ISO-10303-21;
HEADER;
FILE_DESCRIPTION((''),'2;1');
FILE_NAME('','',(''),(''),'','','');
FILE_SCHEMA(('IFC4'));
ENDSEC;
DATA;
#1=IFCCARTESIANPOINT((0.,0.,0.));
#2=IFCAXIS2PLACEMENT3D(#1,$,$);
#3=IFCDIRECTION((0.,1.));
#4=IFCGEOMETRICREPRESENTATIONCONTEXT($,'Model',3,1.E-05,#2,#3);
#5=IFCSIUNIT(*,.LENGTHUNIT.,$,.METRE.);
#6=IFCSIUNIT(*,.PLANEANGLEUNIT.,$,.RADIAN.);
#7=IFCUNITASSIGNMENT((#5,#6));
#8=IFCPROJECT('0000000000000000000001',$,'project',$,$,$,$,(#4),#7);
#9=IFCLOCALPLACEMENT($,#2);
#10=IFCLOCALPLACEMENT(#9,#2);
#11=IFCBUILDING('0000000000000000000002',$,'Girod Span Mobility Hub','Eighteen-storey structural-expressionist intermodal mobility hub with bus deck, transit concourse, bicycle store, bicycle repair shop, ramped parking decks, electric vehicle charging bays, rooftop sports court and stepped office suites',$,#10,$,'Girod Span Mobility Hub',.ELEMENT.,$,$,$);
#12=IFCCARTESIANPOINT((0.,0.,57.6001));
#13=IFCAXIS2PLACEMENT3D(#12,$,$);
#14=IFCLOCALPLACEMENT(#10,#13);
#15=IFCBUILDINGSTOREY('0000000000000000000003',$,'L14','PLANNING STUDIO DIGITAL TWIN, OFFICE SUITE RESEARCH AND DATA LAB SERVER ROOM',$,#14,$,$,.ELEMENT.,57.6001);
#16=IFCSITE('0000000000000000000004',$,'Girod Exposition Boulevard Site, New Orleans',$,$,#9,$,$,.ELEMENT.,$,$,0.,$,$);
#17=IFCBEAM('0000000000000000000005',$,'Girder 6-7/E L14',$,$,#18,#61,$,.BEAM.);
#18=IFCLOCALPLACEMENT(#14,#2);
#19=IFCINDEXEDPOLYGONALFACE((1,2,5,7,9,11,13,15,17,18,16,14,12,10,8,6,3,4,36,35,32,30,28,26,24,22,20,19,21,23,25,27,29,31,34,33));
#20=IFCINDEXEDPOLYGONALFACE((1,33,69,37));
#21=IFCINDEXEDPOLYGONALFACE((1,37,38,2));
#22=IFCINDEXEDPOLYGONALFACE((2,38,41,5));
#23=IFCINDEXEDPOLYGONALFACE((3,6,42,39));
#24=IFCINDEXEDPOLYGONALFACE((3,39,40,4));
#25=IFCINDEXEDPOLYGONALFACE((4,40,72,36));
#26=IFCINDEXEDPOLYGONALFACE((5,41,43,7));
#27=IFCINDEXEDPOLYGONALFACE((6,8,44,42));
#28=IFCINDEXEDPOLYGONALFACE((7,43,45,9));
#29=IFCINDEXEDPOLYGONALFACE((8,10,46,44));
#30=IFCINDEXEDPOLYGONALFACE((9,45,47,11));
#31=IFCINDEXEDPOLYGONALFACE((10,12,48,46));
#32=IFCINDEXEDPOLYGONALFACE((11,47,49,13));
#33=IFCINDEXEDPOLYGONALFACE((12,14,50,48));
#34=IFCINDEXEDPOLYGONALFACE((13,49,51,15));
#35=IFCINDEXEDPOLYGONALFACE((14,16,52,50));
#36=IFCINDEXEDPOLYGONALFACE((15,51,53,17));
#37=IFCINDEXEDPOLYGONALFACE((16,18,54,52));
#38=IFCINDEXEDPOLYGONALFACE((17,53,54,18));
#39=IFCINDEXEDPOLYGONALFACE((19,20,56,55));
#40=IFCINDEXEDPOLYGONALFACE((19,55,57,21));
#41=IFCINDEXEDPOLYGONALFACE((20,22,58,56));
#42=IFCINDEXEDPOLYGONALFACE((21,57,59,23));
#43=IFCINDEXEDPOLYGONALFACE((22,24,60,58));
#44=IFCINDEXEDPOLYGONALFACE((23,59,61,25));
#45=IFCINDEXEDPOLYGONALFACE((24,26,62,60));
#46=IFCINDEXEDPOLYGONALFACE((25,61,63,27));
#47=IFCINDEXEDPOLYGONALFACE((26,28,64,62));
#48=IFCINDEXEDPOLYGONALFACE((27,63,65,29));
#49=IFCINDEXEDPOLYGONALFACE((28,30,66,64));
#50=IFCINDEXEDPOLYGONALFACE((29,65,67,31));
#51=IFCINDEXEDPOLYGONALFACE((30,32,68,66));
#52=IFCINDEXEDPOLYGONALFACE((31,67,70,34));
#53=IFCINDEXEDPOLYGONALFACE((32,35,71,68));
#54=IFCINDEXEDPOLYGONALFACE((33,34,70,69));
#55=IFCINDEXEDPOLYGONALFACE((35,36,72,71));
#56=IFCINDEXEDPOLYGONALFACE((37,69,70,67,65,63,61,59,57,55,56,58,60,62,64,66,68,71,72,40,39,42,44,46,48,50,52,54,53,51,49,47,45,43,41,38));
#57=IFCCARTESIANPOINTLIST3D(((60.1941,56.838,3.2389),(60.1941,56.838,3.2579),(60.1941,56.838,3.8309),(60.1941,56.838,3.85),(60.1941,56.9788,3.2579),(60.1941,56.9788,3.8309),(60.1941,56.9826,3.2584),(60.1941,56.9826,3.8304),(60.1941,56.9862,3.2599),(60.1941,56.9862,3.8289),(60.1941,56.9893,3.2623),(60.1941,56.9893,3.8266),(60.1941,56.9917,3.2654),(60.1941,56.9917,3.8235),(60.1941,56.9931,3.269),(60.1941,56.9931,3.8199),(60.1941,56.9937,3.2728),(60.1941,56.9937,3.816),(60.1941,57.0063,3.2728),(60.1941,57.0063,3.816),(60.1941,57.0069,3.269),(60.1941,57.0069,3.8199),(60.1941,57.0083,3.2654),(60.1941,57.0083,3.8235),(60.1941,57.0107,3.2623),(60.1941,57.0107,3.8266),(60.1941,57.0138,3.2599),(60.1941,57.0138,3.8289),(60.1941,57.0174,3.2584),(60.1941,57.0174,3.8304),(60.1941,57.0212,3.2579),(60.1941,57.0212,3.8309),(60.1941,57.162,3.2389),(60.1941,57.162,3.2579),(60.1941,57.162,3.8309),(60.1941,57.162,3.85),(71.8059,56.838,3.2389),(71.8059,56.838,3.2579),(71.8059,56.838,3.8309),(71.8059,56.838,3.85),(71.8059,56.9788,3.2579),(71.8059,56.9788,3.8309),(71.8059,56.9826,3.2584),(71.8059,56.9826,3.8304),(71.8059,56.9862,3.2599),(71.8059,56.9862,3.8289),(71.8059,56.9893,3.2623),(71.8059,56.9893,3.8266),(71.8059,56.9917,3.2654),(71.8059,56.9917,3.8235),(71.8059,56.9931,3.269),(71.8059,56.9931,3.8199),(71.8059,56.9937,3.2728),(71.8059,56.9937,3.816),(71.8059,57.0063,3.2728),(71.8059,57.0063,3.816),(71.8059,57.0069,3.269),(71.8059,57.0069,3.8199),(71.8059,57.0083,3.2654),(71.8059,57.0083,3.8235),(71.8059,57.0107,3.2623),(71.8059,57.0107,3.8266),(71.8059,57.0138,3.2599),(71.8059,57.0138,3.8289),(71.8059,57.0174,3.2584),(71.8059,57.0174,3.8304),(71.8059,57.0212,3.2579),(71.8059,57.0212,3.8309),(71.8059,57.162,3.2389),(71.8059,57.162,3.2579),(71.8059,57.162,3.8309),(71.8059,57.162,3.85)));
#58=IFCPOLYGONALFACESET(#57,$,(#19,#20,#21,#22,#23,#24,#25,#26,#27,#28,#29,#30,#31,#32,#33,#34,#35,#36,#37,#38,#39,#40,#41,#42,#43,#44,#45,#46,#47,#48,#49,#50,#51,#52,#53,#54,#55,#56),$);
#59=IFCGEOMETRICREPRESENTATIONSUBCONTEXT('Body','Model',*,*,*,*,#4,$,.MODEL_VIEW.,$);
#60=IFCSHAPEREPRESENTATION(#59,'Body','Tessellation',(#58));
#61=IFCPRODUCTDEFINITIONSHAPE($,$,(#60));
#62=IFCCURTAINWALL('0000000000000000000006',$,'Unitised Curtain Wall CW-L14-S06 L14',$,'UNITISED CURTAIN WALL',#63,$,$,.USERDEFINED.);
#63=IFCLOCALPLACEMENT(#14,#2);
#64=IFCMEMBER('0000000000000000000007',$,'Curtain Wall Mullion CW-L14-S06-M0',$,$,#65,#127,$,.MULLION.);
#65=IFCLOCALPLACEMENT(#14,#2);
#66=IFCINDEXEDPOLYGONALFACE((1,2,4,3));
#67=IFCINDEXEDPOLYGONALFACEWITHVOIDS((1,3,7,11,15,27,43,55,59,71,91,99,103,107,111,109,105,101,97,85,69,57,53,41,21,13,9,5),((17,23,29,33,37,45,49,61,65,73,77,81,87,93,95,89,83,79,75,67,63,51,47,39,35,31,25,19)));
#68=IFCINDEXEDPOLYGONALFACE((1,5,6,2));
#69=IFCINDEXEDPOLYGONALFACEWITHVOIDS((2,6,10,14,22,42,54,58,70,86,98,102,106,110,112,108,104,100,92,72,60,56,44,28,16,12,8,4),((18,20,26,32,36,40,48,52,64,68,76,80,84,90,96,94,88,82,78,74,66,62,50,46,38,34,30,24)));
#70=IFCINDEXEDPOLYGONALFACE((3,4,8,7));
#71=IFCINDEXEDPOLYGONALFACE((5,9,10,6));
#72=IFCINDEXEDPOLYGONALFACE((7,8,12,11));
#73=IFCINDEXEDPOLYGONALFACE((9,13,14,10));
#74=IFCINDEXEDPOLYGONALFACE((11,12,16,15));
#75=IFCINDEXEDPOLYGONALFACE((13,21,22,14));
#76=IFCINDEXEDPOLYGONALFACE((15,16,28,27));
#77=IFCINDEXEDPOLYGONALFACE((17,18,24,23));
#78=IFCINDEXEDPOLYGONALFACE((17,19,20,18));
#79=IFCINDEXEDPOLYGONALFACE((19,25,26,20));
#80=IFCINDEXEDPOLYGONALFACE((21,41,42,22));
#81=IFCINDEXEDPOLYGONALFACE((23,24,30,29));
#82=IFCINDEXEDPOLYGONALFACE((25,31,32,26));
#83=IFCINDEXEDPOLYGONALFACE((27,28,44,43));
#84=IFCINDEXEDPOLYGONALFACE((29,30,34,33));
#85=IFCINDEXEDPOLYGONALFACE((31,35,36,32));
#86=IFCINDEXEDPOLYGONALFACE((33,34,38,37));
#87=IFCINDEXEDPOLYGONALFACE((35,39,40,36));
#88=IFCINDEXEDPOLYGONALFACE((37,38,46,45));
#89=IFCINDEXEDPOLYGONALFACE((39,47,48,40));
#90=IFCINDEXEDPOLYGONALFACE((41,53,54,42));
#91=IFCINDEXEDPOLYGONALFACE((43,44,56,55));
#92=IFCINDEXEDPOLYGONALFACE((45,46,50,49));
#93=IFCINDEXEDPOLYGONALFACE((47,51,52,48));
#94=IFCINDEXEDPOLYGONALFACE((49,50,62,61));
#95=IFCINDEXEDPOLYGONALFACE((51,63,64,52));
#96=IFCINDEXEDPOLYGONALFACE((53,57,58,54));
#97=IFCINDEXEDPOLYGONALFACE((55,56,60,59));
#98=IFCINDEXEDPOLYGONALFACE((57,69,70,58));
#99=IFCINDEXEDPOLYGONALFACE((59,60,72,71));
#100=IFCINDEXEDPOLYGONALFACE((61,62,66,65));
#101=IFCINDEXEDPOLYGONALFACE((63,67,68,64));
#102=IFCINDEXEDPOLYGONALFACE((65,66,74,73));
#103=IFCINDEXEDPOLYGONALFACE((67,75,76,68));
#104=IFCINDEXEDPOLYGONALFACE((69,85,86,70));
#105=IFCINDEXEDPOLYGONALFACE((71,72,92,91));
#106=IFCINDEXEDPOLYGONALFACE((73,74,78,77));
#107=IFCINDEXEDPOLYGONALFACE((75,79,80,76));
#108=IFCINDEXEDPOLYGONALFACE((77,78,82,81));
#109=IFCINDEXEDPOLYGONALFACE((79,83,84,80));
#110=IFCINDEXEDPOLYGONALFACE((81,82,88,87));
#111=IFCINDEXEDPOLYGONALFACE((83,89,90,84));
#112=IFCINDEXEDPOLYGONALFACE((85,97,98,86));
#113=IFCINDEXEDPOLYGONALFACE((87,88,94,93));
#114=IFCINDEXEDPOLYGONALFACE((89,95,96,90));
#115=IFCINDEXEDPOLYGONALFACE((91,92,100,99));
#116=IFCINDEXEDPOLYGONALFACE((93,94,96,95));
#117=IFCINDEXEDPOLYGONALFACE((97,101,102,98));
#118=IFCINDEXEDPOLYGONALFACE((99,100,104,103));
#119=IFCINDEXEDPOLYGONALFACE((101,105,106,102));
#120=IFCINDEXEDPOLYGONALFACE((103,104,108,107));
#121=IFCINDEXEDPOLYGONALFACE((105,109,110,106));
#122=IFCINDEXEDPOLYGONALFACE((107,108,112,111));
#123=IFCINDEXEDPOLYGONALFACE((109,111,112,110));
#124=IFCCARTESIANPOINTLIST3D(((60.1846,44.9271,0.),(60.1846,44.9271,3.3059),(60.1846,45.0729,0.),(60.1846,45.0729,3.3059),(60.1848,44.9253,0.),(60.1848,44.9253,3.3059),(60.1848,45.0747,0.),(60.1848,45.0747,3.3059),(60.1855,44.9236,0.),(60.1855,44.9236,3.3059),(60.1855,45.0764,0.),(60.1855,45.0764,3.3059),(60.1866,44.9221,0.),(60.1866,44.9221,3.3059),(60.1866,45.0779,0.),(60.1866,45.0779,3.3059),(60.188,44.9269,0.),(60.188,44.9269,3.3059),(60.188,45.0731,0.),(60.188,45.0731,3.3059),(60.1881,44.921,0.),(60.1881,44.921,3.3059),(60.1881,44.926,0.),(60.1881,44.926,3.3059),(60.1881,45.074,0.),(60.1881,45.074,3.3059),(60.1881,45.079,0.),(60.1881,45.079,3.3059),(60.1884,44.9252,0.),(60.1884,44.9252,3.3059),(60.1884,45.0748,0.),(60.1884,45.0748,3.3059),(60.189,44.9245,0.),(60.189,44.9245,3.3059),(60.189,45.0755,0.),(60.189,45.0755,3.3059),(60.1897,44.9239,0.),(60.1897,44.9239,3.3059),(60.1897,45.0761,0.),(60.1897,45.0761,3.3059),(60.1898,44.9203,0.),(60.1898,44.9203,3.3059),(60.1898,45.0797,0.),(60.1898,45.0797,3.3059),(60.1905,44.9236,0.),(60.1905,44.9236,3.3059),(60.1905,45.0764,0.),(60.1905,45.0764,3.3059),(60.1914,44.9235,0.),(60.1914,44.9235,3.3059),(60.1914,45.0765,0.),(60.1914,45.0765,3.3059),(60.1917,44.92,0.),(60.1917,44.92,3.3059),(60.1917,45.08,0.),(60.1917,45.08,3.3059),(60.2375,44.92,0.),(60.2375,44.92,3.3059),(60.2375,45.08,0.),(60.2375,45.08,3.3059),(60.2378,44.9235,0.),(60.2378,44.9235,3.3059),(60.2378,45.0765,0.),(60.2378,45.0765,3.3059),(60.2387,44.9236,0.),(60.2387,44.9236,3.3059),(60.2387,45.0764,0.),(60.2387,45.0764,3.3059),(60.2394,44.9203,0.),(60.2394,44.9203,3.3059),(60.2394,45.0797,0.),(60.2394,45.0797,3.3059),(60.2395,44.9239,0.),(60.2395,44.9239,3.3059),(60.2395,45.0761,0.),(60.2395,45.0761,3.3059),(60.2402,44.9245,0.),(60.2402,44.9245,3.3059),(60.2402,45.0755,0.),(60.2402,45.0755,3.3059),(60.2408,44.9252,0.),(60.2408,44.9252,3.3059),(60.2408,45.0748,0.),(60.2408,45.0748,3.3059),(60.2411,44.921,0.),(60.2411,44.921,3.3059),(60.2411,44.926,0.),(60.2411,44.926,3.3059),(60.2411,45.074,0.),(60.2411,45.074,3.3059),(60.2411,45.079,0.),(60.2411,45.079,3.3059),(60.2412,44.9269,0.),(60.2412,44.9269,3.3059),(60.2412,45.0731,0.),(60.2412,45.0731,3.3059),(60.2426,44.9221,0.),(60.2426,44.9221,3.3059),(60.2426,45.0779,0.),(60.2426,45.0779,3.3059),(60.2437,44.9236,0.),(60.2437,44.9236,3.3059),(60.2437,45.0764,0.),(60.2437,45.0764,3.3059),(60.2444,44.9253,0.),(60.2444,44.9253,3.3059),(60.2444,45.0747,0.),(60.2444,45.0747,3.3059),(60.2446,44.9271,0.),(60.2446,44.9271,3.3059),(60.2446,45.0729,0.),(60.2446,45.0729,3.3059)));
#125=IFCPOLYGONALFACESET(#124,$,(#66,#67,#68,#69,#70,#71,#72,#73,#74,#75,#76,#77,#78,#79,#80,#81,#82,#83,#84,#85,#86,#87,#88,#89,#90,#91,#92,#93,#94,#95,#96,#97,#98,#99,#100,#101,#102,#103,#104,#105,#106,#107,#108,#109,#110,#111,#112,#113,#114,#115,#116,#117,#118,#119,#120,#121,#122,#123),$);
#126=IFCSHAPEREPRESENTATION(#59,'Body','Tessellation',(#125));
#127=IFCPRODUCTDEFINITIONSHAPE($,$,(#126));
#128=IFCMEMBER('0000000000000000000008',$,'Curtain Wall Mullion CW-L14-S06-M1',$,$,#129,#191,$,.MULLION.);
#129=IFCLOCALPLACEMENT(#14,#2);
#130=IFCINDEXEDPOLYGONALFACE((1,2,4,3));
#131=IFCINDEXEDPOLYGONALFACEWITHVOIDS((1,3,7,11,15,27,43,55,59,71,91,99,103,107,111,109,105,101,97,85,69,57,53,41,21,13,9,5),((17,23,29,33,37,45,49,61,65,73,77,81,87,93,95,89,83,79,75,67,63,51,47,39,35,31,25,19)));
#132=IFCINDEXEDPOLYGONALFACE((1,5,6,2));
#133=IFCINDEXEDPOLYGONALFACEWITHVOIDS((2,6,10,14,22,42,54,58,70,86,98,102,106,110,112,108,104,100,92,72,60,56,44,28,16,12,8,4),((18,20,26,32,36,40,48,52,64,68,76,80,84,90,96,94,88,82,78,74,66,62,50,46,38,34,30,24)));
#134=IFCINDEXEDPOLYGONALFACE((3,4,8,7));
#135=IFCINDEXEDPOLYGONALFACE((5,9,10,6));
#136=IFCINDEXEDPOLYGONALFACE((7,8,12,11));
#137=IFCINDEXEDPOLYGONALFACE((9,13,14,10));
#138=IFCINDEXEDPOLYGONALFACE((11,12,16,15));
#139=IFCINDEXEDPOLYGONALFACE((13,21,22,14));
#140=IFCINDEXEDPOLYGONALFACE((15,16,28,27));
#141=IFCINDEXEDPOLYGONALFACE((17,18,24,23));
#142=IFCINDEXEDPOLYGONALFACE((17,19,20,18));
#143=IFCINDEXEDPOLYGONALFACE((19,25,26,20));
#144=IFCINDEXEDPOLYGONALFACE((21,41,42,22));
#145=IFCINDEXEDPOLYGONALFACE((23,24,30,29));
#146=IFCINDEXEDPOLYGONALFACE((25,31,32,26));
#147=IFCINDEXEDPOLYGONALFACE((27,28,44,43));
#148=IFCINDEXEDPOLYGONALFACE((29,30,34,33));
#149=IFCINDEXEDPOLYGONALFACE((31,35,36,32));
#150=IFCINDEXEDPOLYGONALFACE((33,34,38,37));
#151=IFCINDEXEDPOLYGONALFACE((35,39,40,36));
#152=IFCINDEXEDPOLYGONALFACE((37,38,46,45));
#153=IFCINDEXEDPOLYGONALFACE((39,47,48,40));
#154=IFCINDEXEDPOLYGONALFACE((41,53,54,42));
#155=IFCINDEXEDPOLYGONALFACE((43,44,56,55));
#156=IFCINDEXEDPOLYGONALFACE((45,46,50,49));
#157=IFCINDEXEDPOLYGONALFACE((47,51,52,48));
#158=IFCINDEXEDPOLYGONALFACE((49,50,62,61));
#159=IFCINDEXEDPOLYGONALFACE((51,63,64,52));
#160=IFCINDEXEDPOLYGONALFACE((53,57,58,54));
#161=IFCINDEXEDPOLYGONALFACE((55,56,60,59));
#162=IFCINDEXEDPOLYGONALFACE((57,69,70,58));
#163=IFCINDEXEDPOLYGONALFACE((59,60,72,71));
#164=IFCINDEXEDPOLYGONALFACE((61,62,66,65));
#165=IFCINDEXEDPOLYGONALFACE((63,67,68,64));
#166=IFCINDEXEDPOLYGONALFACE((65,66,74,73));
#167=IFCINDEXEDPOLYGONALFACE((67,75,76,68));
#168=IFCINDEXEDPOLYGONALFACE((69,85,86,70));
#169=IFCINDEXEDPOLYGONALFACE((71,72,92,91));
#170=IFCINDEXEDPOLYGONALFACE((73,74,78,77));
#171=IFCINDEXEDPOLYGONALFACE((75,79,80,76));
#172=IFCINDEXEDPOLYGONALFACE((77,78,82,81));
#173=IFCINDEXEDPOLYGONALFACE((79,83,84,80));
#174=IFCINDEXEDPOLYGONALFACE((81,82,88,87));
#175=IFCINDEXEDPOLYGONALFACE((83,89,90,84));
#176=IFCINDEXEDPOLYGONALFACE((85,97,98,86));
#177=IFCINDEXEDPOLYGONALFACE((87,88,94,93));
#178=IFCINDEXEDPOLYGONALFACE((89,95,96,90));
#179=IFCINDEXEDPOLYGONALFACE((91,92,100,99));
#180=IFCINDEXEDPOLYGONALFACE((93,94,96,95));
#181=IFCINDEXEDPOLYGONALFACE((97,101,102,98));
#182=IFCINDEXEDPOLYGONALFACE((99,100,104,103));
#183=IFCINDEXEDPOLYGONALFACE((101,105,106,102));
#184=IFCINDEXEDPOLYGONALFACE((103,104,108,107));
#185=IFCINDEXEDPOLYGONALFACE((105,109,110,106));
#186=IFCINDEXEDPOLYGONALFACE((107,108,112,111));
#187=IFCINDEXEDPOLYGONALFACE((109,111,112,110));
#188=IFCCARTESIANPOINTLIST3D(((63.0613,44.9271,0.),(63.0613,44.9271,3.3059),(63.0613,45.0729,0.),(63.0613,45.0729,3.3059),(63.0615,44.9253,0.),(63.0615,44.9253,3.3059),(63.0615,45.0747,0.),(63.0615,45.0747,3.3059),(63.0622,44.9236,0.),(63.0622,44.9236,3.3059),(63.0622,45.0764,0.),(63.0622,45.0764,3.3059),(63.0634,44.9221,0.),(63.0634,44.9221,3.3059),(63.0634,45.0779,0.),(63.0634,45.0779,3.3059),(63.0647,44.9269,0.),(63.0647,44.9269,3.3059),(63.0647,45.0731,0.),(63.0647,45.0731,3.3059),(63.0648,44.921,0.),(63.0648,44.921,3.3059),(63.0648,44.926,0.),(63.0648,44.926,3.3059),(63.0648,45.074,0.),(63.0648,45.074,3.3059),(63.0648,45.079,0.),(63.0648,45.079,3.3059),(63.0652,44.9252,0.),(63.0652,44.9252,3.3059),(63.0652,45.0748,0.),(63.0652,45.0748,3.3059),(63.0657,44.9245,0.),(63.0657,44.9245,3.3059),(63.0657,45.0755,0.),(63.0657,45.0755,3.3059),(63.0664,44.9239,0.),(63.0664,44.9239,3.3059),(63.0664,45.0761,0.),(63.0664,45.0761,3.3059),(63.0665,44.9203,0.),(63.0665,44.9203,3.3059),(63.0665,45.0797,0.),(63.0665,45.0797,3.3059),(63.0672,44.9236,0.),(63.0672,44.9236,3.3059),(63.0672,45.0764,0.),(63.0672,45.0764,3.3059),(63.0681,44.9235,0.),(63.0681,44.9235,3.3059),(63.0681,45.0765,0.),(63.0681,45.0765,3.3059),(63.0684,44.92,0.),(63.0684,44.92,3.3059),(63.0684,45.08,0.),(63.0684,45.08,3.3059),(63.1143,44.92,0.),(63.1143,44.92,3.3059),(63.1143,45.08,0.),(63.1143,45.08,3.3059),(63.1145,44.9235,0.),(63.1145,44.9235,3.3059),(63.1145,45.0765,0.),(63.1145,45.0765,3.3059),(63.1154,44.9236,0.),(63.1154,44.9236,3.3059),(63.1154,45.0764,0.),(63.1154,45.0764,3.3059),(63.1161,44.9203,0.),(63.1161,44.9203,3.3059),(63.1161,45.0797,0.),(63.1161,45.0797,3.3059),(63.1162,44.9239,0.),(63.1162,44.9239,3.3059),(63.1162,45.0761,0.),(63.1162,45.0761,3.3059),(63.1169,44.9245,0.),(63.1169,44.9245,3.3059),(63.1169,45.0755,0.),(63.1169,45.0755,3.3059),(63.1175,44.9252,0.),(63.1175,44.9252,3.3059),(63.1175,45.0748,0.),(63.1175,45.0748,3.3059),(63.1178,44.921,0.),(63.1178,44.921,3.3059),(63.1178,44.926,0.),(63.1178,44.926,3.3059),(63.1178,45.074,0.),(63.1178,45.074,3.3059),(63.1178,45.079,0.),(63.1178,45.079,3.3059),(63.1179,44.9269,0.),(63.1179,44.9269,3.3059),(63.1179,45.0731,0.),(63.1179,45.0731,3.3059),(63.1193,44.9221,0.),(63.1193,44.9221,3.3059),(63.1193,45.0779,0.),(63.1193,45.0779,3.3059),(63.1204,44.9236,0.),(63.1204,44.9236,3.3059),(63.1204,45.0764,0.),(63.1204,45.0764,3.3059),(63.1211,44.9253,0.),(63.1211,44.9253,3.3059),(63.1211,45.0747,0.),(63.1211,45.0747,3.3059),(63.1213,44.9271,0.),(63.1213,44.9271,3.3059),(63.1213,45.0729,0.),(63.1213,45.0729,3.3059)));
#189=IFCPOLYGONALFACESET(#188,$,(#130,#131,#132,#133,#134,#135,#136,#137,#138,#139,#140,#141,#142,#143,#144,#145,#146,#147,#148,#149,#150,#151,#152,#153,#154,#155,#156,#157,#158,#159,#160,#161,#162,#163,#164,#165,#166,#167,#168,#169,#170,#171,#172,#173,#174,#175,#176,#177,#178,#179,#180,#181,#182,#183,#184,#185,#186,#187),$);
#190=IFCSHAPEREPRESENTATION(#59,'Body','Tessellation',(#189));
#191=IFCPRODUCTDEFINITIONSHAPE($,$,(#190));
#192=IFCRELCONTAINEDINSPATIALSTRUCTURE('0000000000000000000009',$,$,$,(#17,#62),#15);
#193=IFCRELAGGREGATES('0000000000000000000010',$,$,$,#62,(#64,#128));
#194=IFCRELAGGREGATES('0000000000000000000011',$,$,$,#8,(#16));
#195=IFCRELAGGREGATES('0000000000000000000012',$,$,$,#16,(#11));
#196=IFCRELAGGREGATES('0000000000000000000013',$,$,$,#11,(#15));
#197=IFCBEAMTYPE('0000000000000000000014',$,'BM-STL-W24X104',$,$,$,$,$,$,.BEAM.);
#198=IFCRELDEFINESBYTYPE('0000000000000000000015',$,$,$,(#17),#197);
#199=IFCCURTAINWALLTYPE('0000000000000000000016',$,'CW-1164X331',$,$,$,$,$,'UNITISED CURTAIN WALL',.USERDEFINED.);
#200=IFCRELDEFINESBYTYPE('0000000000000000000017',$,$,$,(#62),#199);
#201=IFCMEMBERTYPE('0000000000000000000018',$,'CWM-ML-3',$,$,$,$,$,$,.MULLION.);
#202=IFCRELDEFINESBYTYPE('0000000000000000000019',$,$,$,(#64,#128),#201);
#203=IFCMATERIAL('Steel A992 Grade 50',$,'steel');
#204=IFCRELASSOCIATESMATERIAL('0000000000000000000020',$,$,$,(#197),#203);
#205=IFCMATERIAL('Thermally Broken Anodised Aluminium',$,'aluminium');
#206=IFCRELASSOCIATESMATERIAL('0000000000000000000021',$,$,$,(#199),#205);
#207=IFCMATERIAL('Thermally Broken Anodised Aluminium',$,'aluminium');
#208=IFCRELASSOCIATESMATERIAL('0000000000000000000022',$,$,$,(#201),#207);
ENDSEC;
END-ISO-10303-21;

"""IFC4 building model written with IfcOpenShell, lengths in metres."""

from ifc_helpers import new_model, si_unit, direction, frame, origin, origin_2d, place, context, subcontext, project, spatial, hollow_rectangle, i_section, extrude, material, material_profile, profile_set, type_object, element, aggregate, save


model = new_model("IFC4")

# Units and contexts
model_context = context("Model", 3, precision=1e-05, world=origin(), true_north=direction((0.0, 1.0)))
body_context = subcontext(model_context, "Body", "Model", "MODEL_VIEW")
ifc_project = project(units=[si_unit("LENGTHUNIT", "METRE"), si_unit("PLANEANGLEUNIT", "RADIAN")], contexts=[model_context])

# Site, building, storey
site_placement = place(None, origin())
site = spatial("IfcSite", under=ifc_project, at=site_placement, Name="Girod Exposition Boulevard Site, New Orleans", CompositionType="ELEMENT", RefElevation=0.0)
building_placement = place(site_placement, origin())
building = spatial("IfcBuilding", under=site, at=building_placement, Name="Girod Span Mobility Hub", Description="Eighteen-storey structural-expressionist intermodal mobility hub with bus deck, transit concourse, bicycle store, bicycle repair shop, ramped parking decks, electric vehicle charging bays, rooftop sports court and stepped office suites", LongName="Girod Span Mobility Hub", CompositionType="ELEMENT")
storey_placement = place(building_placement, frame((0.0, 0.0, 57.6001)))
storey = spatial("IfcBuildingStorey", under=building, at=storey_placement, Name="L14", Description="PLANNING STUDIO DIGITAL TWIN, OFFICE SUITE RESEARCH AND DATA LAB SERVER ROOM", CompositionType="ELEMENT", Elevation=57.6001)

# Beam
ifc_material_1 = material(Name="Steel A992 Grade 50", Category="steel")
ifc_material_profile_1 = material_profile(ifc_material_1, i_section(OverallWidth=0.324, OverallDepth=0.6111, WebThickness=0.0127, FlangeThickness=0.019, FilletRadius=0.0149, at=origin_2d()), Name="W24X104")
ifc_profile_set_1 = profile_set([ifc_material_profile_1], Name="Steel A992 Grade 50")
beam_type_1 = type_object("IfcBeamType", Name="BM-STL-W24X104", PredefinedType="BEAM", material=ifc_profile_set_1)
beam_placement = place(storey_placement, frame((60.1941, 57.0, 3.5444), z_axis=(1.0, 0.0, 0.0), x_axis=(0.0, 1.0, 0.0)))
element("IfcBeam", 1, at=beam_placement, inside=storey, type_object=beam_type_1, Name="Girder 6-7/E L14", PredefinedType="BEAM", context=body_context, shape_type="SweptSolid", body=[
    extrude(i_section(OverallWidth=0.324, OverallDepth=0.6111, WebThickness=0.0127, FlangeThickness=0.019, FilletRadius=0.0149, at=origin_2d()), origin(), (0.0, 0.0, 1.0), 11.6118),
])

# Curtain wall, members
ifc_material_2 = material(Name="Thermally Broken Anodised Aluminium", Category="aluminium")
curtain_wall_type = type_object("IfcCurtainWallType", Name="CW-1164X331", ElementType="UNITISED CURTAIN WALL", PredefinedType="USERDEFINED", material=ifc_material_2)
curtain_wall_placement = place(storey_placement, origin())
curtain_wall = element("IfcCurtainWall", 2, at=curtain_wall_placement, inside=storey, type_object=curtain_wall_type, Name="Unitised Curtain Wall CW-L14-S06 L14", ObjectType="UNITISED CURTAIN WALL", PredefinedType="USERDEFINED")
ifc_material_3 = material(Name="Thermally Broken Anodised Aluminium", Category="aluminium")
ifc_material_profile_2 = material_profile(ifc_material_3, hollow_rectangle(XDim=0.1599, YDim=0.0601, WallThickness=0.0034, InnerFilletRadius=0.0034, OuterFilletRadius=0.0071, at=origin_2d()), Name="CW-ML-60X160")
ifc_profile_set_2 = profile_set([ifc_material_profile_2], Name="Thermally Broken Anodised Aluminium")
member_type_1 = type_object("IfcMemberType", Name="CWM-ML-3", PredefinedType="MULLION", material=ifc_profile_set_2)
member_1_placement = place(storey_placement, frame((60.2146, 45.0, 0.0), z_axis=(0.0, 0.0, 1.0), x_axis=(0.0, 1.0, 0.0)))
member_1 = element("IfcMember", 3, at=member_1_placement, type_object=member_type_1, Name="Curtain Wall Mullion CW-L14-S06-M0", PredefinedType="MULLION", context=body_context, shape_type="SweptSolid", body=[
    extrude(hollow_rectangle(XDim=0.1599, YDim=0.0601, WallThickness=0.0034, InnerFilletRadius=0.0034, OuterFilletRadius=0.0071, at=origin_2d()), origin(), (0.0, 0.0, 1.0), 3.3059),
])
member_2_placement = place(storey_placement, frame((63.0913, 45.0, 0.0), z_axis=(0.0, 0.0, 1.0), x_axis=(0.0, 1.0, 0.0)))
member_2 = element("IfcMember", 4, at=member_2_placement, type_object=member_type_1, Name="Curtain Wall Mullion CW-L14-S06-M1", PredefinedType="MULLION", context=body_context, shape_type="SweptSolid", body=[
    extrude(hollow_rectangle(XDim=0.1599, YDim=0.0601, WallThickness=0.0034, InnerFilletRadius=0.0034, OuterFilletRadius=0.0071, at=origin_2d()), origin(), (0.0, 0.0, 1.0), 3.3059),
])

aggregate(curtain_wall, [member_1, member_2])

save(model, "model.ifc")
